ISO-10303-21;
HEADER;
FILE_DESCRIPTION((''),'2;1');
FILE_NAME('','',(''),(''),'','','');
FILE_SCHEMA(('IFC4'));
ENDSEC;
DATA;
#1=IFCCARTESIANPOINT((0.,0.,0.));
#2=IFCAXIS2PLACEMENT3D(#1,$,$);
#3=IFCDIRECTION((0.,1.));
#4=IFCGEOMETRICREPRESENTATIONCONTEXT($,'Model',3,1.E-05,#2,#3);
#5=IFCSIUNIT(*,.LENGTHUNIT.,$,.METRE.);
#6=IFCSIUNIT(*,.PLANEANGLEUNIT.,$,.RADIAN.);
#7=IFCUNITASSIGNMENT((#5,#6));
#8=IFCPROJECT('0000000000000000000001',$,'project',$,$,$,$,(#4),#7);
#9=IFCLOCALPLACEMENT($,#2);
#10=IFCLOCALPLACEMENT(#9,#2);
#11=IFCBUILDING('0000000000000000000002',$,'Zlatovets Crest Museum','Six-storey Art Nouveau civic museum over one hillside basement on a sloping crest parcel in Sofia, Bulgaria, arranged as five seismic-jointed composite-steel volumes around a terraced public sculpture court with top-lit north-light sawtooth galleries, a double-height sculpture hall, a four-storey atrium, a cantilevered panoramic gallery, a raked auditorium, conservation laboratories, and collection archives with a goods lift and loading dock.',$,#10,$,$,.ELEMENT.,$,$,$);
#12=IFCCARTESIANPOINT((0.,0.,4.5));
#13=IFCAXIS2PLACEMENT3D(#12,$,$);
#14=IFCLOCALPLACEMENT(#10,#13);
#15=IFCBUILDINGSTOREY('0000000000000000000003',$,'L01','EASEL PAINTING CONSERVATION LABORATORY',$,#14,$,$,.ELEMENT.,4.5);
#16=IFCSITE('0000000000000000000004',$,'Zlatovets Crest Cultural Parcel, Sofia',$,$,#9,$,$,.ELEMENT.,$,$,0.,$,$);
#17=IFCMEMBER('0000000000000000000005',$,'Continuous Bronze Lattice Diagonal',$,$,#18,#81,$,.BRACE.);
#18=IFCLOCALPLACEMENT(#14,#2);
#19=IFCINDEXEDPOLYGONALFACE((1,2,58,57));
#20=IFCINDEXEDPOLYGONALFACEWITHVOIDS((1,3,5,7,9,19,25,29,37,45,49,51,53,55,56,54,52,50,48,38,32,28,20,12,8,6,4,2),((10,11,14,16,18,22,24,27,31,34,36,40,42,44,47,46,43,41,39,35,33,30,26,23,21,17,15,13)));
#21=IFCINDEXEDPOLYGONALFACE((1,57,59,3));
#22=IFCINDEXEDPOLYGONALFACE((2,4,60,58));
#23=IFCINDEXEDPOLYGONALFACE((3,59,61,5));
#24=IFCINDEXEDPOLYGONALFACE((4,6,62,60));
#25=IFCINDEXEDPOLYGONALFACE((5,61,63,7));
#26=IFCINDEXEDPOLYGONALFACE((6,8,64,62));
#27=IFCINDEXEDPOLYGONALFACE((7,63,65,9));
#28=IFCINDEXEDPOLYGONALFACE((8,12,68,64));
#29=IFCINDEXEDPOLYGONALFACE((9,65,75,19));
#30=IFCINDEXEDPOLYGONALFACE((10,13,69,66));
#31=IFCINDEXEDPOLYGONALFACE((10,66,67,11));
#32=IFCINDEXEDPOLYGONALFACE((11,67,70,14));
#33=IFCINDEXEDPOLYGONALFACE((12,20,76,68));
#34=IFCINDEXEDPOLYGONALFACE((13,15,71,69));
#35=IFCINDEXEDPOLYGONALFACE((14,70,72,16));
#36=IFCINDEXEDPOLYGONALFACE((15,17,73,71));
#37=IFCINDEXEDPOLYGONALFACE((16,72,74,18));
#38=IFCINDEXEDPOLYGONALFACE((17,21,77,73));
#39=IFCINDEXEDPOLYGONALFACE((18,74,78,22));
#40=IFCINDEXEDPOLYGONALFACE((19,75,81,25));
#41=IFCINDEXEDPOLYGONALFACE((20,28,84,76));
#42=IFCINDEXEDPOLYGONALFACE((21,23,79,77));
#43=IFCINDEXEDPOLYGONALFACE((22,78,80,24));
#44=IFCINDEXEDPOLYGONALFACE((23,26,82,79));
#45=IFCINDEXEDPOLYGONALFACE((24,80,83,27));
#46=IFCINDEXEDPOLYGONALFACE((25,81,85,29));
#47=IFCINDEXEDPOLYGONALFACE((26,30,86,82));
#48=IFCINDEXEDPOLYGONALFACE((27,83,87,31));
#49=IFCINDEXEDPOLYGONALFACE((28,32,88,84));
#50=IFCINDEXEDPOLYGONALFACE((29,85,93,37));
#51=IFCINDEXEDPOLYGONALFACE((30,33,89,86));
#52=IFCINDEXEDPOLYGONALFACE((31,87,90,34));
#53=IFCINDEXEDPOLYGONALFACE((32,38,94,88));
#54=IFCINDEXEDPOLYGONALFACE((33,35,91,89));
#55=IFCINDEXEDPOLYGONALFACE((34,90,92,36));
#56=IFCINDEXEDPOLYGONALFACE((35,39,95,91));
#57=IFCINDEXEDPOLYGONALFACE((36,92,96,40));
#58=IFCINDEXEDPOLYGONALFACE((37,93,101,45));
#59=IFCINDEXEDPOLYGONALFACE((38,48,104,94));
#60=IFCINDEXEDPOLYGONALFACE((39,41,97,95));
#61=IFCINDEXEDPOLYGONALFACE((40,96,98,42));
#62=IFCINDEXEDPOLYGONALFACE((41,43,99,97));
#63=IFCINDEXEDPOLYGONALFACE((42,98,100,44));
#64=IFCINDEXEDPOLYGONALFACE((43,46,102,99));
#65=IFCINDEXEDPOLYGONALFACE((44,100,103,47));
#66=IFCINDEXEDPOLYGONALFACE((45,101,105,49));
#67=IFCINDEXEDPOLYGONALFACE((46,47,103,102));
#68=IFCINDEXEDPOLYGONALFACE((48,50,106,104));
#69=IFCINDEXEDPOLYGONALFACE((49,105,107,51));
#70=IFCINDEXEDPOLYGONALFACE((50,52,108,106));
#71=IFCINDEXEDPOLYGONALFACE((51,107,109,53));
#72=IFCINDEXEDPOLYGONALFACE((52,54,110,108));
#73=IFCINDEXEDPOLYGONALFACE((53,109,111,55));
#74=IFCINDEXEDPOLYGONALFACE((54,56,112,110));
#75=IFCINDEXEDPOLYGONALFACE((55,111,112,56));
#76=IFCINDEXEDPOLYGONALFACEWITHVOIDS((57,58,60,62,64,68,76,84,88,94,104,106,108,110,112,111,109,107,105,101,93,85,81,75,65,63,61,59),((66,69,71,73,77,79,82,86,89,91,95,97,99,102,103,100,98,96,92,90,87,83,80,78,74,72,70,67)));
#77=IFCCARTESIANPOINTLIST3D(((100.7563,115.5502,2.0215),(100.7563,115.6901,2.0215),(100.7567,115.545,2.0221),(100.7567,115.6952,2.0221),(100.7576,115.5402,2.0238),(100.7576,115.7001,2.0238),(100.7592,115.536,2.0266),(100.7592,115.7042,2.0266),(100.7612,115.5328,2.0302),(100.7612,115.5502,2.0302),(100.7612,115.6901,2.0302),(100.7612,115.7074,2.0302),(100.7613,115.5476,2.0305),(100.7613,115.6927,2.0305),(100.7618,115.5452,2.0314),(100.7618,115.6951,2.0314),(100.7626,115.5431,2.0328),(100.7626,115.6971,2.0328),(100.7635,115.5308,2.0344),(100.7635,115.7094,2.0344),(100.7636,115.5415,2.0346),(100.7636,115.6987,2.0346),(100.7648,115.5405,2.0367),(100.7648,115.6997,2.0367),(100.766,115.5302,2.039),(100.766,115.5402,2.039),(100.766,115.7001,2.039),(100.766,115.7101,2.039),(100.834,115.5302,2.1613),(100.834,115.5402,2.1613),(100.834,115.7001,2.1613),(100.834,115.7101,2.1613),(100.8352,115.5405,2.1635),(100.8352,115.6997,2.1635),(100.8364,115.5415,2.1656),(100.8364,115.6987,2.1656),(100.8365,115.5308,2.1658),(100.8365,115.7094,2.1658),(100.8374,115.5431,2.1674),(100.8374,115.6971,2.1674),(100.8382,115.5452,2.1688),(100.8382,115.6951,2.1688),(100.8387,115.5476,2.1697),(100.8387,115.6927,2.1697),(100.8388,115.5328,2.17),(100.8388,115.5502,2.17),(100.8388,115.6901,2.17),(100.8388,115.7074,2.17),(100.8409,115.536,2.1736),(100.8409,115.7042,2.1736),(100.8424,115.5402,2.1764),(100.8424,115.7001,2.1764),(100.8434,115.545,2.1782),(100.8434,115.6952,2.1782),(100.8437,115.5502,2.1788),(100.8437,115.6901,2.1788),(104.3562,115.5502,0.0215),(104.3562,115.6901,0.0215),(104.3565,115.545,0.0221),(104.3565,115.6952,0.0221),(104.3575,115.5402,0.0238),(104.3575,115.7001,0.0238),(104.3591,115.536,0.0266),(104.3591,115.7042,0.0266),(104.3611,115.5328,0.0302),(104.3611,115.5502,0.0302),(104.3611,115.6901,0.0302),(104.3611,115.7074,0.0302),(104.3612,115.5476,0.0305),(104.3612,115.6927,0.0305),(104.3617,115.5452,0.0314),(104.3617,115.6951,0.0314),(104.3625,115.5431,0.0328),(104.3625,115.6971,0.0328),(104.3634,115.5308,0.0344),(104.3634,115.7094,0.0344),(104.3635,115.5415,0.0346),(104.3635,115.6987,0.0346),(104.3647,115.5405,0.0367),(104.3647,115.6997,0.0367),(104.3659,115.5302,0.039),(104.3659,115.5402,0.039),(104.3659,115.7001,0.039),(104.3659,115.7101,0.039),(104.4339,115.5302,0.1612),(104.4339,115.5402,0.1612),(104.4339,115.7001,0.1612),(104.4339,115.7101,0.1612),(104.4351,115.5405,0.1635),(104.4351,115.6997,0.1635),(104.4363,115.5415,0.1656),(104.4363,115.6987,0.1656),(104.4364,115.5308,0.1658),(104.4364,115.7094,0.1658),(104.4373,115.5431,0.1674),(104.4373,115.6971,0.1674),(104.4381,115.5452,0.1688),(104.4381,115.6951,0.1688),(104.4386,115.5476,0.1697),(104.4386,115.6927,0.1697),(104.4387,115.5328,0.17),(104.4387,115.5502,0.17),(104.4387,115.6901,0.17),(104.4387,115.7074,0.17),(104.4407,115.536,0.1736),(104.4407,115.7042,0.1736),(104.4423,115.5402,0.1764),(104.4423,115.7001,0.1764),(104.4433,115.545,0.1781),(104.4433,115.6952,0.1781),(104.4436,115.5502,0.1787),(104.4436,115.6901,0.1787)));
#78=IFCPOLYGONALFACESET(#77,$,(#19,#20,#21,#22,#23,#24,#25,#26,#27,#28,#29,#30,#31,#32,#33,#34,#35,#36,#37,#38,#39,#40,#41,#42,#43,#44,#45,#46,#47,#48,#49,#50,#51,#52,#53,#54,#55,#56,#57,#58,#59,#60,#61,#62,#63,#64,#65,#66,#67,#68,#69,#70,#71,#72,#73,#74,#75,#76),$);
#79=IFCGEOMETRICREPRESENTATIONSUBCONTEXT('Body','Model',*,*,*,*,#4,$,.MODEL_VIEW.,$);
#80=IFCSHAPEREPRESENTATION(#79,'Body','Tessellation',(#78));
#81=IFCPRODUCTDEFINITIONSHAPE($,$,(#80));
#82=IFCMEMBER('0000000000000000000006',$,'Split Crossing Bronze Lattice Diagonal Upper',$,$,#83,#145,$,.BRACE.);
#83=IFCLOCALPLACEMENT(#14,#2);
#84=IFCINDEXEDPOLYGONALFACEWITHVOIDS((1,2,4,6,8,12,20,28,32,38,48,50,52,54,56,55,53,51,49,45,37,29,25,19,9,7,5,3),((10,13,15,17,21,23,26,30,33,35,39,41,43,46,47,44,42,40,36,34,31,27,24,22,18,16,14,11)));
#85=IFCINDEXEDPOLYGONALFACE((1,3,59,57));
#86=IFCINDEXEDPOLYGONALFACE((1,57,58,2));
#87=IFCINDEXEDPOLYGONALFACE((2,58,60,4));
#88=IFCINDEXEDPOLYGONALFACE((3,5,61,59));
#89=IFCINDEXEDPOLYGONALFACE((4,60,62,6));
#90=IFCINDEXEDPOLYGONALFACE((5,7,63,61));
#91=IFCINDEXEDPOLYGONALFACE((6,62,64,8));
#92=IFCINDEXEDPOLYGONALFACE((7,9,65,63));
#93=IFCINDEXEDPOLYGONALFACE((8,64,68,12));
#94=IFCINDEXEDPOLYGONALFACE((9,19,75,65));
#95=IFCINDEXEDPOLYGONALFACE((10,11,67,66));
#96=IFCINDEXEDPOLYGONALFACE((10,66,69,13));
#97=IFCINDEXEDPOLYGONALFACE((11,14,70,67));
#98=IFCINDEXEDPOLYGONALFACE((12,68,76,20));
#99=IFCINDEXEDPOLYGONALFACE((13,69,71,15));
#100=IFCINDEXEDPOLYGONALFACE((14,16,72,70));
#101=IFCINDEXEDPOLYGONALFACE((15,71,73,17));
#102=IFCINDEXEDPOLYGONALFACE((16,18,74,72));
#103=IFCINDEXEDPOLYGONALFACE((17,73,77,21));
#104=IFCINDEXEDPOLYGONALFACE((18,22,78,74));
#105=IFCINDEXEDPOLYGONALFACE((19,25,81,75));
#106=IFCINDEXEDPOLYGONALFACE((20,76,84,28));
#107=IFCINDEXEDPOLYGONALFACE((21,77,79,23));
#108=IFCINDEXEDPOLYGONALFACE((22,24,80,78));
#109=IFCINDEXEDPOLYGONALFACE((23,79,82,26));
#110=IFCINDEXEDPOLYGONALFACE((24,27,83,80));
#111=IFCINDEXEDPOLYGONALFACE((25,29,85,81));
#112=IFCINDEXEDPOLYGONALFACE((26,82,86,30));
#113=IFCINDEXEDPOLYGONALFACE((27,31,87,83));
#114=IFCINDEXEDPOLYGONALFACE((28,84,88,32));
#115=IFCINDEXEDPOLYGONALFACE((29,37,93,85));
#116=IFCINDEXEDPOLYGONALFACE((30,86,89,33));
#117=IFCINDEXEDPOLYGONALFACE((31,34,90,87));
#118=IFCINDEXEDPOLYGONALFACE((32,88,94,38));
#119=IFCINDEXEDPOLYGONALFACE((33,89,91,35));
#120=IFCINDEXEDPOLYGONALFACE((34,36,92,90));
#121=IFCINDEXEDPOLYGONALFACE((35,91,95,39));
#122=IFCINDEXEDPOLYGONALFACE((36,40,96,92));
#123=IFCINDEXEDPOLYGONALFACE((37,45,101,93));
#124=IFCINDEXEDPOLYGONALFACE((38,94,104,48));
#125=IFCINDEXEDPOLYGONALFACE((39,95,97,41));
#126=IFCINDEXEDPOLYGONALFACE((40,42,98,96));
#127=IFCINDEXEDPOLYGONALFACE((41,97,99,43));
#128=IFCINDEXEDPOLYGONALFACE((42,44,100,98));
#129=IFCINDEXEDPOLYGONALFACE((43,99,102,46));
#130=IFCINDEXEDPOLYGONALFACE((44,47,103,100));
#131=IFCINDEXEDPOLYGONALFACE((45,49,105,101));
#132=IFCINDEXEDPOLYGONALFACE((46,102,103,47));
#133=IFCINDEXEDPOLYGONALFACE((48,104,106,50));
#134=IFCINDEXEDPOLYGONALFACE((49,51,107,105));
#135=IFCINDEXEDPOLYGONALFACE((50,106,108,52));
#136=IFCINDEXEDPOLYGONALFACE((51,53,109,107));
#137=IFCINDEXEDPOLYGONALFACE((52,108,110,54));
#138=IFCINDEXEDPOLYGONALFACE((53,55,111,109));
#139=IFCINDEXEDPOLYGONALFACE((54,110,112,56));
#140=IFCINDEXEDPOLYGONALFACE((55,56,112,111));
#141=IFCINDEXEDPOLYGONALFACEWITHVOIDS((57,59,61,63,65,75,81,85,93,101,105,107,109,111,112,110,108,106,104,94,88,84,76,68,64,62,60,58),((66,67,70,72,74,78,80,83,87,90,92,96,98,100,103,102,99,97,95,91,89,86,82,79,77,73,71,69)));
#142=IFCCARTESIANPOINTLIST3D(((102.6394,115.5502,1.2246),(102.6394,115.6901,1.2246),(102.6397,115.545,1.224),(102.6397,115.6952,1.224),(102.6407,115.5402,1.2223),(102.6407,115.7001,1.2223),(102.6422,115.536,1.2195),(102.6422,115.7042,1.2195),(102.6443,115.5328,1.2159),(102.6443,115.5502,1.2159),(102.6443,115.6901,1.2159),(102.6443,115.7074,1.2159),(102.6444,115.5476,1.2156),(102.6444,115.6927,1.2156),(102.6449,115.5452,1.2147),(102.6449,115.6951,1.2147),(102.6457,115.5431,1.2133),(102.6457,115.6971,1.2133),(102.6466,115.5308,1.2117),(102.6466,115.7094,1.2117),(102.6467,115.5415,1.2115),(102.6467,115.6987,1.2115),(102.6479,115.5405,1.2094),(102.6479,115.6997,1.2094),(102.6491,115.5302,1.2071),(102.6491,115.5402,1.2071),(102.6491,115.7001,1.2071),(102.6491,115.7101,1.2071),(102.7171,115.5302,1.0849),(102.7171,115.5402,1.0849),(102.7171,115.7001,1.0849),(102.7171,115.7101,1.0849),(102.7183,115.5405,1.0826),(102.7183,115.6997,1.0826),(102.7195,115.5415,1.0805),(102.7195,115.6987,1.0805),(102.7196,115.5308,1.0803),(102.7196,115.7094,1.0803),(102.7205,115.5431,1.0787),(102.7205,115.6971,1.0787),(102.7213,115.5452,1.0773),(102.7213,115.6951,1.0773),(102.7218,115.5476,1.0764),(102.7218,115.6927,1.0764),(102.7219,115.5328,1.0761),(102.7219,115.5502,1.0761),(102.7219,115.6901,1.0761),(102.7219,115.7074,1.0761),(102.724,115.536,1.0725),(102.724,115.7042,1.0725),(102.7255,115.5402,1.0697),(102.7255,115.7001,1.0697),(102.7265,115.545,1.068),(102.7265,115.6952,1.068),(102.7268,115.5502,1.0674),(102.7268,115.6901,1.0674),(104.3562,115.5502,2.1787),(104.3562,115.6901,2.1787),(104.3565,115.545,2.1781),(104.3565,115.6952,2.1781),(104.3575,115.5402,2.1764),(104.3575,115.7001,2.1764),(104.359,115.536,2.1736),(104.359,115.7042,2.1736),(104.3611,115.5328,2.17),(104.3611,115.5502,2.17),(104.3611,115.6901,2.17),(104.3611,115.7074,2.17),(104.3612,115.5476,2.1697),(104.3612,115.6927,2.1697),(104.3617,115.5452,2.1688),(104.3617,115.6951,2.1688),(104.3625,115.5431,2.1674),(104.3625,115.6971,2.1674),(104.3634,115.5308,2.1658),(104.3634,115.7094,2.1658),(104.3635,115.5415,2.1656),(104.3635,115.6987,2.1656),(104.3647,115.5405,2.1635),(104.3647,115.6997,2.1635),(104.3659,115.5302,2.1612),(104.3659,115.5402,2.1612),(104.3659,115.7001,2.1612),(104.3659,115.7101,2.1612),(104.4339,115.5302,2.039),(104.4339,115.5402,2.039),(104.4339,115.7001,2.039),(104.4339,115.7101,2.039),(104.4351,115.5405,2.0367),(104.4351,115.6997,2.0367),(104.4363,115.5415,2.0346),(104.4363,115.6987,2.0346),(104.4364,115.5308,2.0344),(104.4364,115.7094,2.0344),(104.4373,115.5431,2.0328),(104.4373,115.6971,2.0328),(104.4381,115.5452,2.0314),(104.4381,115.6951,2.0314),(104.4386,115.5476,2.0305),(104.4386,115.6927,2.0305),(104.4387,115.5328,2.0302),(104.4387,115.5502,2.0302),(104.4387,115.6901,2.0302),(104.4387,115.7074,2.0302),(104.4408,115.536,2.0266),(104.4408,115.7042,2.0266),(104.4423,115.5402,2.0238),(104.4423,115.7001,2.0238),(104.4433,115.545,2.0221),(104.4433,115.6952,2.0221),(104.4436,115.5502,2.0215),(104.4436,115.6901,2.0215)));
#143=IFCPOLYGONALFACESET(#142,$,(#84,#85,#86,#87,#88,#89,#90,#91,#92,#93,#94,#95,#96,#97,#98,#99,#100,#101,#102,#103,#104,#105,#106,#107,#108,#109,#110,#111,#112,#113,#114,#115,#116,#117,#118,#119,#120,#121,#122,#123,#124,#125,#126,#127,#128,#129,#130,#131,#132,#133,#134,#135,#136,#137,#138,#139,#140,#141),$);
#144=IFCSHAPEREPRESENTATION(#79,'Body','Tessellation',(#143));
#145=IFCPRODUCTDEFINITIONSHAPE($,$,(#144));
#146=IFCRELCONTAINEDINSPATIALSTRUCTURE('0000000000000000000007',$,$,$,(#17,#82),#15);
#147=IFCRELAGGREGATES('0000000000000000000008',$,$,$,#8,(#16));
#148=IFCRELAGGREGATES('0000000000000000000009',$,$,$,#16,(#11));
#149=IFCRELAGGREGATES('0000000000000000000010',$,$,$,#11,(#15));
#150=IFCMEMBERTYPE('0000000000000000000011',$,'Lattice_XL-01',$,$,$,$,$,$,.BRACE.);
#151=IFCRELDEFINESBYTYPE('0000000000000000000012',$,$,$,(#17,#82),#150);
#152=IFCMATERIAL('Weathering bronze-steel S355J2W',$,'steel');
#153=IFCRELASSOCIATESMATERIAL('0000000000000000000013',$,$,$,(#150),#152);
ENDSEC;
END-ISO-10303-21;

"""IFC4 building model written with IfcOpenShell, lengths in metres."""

from ifc_helpers import new_model, si_unit, direction, frame, origin, origin_2d, place, context, subcontext, project, spatial, hollow_rectangle, extrude, material, material_profile, profile_set, type_object, element, save


model = new_model("IFC4")

# Units and contexts
model_context = context("Model", 3, precision=1e-05, world=origin(), true_north=direction((0.0, 1.0)))
body_context = subcontext(model_context, "Body", "Model", "MODEL_VIEW")
ifc_project = project(units=[si_unit("LENGTHUNIT", "METRE"), si_unit("PLANEANGLEUNIT", "RADIAN")], contexts=[model_context])

# Site, building, storey
site_placement = place(None, origin())
site = spatial("IfcSite", under=ifc_project, at=site_placement, Name="Zlatovets Crest Cultural Parcel, Sofia", CompositionType="ELEMENT", RefElevation=0.0)
building_placement = place(site_placement, origin())
building = spatial("IfcBuilding", under=site, at=building_placement, Name="Zlatovets Crest Museum", Description="Six-storey Art Nouveau civic museum over one hillside basement on a sloping crest parcel in Sofia, Bulgaria, arranged as five seismic-jointed composite-steel volumes around a terraced public sculpture court with top-lit north-light sawtooth galleries, a double-height sculpture hall, a four-storey atrium, a cantilevered panoramic gallery, a raked auditorium, conservation laboratories, and collection archives with a goods lift and loading dock.", CompositionType="ELEMENT")
storey_placement = place(building_placement, frame((0.0, 0.0, 4.5)))
storey = spatial("IfcBuildingStorey", under=building, at=storey_placement, Name="L01", Description="EASEL PAINTING CONSERVATION LABORATORY", CompositionType="ELEMENT", Elevation=4.5)

# Members
ifc_material_1 = material(Name="Weathering bronze-steel S355J2W", Category="steel")
ifc_material_profile_1 = material_profile(ifc_material_1, hollow_rectangle(XDim=0.1799, YDim=0.1799, WallThickness=0.01, InnerFilletRadius=0.01, OuterFilletRadius=0.02, at=origin_2d()), Name="SHS 180x180x10.0")
ifc_profile_set_1 = profile_set([ifc_material_profile_1], Name="Weathering bronze-steel S355J2W")
member_type_1 = type_object("IfcMemberType", Name="Lattice_XL-01", PredefinedType="BRACE", material=ifc_profile_set_1)
member_1_placement = place(storey_placement, frame((104.3999, 115.6201, 0.1001), z_axis=(-0.874149, 0.0, 0.485658), x_axis=(0.0, -1.0, 0.0)))
element("IfcMember", 1, at=member_1_placement, inside=storey, type_object=member_type_1, Name="Continuous Bronze Lattice Diagonal", PredefinedType="BRACE", context=body_context, shape_type="SweptSolid", body=[
    extrude(hollow_rectangle(XDim=0.1799, YDim=0.1799, WallThickness=0.01, InnerFilletRadius=0.01, OuterFilletRadius=0.02, at=origin_2d()), origin(), (0.0, 0.0, 1.0), 4.1182),
])
for number, where, z_axis, x_axis, name in (
    (2, (104.3999, 115.6201, 2.1001), (-0.874087, 0.0, -0.48577), (0.0, -1.0, 0.0), "Split Crossing Bronze Lattice Diagonal Upper"),
):
    element("IfcMember", number, at=place(storey_placement, frame(where, z_axis=z_axis, x_axis=x_axis)), inside=storey, type_object=member_type_1, Name=name, PredefinedType="BRACE", context=body_context, shape_type="SweptSolid", body=[
        extrude(hollow_rectangle(XDim=0.1799, YDim=0.1799, WallThickness=0.01, InnerFilletRadius=0.01, OuterFilletRadius=0.02, at=origin_2d()), origin(), (0.0, 0.0, 1.0), 1.9641),
    ])

save(model, "model.ifc")
